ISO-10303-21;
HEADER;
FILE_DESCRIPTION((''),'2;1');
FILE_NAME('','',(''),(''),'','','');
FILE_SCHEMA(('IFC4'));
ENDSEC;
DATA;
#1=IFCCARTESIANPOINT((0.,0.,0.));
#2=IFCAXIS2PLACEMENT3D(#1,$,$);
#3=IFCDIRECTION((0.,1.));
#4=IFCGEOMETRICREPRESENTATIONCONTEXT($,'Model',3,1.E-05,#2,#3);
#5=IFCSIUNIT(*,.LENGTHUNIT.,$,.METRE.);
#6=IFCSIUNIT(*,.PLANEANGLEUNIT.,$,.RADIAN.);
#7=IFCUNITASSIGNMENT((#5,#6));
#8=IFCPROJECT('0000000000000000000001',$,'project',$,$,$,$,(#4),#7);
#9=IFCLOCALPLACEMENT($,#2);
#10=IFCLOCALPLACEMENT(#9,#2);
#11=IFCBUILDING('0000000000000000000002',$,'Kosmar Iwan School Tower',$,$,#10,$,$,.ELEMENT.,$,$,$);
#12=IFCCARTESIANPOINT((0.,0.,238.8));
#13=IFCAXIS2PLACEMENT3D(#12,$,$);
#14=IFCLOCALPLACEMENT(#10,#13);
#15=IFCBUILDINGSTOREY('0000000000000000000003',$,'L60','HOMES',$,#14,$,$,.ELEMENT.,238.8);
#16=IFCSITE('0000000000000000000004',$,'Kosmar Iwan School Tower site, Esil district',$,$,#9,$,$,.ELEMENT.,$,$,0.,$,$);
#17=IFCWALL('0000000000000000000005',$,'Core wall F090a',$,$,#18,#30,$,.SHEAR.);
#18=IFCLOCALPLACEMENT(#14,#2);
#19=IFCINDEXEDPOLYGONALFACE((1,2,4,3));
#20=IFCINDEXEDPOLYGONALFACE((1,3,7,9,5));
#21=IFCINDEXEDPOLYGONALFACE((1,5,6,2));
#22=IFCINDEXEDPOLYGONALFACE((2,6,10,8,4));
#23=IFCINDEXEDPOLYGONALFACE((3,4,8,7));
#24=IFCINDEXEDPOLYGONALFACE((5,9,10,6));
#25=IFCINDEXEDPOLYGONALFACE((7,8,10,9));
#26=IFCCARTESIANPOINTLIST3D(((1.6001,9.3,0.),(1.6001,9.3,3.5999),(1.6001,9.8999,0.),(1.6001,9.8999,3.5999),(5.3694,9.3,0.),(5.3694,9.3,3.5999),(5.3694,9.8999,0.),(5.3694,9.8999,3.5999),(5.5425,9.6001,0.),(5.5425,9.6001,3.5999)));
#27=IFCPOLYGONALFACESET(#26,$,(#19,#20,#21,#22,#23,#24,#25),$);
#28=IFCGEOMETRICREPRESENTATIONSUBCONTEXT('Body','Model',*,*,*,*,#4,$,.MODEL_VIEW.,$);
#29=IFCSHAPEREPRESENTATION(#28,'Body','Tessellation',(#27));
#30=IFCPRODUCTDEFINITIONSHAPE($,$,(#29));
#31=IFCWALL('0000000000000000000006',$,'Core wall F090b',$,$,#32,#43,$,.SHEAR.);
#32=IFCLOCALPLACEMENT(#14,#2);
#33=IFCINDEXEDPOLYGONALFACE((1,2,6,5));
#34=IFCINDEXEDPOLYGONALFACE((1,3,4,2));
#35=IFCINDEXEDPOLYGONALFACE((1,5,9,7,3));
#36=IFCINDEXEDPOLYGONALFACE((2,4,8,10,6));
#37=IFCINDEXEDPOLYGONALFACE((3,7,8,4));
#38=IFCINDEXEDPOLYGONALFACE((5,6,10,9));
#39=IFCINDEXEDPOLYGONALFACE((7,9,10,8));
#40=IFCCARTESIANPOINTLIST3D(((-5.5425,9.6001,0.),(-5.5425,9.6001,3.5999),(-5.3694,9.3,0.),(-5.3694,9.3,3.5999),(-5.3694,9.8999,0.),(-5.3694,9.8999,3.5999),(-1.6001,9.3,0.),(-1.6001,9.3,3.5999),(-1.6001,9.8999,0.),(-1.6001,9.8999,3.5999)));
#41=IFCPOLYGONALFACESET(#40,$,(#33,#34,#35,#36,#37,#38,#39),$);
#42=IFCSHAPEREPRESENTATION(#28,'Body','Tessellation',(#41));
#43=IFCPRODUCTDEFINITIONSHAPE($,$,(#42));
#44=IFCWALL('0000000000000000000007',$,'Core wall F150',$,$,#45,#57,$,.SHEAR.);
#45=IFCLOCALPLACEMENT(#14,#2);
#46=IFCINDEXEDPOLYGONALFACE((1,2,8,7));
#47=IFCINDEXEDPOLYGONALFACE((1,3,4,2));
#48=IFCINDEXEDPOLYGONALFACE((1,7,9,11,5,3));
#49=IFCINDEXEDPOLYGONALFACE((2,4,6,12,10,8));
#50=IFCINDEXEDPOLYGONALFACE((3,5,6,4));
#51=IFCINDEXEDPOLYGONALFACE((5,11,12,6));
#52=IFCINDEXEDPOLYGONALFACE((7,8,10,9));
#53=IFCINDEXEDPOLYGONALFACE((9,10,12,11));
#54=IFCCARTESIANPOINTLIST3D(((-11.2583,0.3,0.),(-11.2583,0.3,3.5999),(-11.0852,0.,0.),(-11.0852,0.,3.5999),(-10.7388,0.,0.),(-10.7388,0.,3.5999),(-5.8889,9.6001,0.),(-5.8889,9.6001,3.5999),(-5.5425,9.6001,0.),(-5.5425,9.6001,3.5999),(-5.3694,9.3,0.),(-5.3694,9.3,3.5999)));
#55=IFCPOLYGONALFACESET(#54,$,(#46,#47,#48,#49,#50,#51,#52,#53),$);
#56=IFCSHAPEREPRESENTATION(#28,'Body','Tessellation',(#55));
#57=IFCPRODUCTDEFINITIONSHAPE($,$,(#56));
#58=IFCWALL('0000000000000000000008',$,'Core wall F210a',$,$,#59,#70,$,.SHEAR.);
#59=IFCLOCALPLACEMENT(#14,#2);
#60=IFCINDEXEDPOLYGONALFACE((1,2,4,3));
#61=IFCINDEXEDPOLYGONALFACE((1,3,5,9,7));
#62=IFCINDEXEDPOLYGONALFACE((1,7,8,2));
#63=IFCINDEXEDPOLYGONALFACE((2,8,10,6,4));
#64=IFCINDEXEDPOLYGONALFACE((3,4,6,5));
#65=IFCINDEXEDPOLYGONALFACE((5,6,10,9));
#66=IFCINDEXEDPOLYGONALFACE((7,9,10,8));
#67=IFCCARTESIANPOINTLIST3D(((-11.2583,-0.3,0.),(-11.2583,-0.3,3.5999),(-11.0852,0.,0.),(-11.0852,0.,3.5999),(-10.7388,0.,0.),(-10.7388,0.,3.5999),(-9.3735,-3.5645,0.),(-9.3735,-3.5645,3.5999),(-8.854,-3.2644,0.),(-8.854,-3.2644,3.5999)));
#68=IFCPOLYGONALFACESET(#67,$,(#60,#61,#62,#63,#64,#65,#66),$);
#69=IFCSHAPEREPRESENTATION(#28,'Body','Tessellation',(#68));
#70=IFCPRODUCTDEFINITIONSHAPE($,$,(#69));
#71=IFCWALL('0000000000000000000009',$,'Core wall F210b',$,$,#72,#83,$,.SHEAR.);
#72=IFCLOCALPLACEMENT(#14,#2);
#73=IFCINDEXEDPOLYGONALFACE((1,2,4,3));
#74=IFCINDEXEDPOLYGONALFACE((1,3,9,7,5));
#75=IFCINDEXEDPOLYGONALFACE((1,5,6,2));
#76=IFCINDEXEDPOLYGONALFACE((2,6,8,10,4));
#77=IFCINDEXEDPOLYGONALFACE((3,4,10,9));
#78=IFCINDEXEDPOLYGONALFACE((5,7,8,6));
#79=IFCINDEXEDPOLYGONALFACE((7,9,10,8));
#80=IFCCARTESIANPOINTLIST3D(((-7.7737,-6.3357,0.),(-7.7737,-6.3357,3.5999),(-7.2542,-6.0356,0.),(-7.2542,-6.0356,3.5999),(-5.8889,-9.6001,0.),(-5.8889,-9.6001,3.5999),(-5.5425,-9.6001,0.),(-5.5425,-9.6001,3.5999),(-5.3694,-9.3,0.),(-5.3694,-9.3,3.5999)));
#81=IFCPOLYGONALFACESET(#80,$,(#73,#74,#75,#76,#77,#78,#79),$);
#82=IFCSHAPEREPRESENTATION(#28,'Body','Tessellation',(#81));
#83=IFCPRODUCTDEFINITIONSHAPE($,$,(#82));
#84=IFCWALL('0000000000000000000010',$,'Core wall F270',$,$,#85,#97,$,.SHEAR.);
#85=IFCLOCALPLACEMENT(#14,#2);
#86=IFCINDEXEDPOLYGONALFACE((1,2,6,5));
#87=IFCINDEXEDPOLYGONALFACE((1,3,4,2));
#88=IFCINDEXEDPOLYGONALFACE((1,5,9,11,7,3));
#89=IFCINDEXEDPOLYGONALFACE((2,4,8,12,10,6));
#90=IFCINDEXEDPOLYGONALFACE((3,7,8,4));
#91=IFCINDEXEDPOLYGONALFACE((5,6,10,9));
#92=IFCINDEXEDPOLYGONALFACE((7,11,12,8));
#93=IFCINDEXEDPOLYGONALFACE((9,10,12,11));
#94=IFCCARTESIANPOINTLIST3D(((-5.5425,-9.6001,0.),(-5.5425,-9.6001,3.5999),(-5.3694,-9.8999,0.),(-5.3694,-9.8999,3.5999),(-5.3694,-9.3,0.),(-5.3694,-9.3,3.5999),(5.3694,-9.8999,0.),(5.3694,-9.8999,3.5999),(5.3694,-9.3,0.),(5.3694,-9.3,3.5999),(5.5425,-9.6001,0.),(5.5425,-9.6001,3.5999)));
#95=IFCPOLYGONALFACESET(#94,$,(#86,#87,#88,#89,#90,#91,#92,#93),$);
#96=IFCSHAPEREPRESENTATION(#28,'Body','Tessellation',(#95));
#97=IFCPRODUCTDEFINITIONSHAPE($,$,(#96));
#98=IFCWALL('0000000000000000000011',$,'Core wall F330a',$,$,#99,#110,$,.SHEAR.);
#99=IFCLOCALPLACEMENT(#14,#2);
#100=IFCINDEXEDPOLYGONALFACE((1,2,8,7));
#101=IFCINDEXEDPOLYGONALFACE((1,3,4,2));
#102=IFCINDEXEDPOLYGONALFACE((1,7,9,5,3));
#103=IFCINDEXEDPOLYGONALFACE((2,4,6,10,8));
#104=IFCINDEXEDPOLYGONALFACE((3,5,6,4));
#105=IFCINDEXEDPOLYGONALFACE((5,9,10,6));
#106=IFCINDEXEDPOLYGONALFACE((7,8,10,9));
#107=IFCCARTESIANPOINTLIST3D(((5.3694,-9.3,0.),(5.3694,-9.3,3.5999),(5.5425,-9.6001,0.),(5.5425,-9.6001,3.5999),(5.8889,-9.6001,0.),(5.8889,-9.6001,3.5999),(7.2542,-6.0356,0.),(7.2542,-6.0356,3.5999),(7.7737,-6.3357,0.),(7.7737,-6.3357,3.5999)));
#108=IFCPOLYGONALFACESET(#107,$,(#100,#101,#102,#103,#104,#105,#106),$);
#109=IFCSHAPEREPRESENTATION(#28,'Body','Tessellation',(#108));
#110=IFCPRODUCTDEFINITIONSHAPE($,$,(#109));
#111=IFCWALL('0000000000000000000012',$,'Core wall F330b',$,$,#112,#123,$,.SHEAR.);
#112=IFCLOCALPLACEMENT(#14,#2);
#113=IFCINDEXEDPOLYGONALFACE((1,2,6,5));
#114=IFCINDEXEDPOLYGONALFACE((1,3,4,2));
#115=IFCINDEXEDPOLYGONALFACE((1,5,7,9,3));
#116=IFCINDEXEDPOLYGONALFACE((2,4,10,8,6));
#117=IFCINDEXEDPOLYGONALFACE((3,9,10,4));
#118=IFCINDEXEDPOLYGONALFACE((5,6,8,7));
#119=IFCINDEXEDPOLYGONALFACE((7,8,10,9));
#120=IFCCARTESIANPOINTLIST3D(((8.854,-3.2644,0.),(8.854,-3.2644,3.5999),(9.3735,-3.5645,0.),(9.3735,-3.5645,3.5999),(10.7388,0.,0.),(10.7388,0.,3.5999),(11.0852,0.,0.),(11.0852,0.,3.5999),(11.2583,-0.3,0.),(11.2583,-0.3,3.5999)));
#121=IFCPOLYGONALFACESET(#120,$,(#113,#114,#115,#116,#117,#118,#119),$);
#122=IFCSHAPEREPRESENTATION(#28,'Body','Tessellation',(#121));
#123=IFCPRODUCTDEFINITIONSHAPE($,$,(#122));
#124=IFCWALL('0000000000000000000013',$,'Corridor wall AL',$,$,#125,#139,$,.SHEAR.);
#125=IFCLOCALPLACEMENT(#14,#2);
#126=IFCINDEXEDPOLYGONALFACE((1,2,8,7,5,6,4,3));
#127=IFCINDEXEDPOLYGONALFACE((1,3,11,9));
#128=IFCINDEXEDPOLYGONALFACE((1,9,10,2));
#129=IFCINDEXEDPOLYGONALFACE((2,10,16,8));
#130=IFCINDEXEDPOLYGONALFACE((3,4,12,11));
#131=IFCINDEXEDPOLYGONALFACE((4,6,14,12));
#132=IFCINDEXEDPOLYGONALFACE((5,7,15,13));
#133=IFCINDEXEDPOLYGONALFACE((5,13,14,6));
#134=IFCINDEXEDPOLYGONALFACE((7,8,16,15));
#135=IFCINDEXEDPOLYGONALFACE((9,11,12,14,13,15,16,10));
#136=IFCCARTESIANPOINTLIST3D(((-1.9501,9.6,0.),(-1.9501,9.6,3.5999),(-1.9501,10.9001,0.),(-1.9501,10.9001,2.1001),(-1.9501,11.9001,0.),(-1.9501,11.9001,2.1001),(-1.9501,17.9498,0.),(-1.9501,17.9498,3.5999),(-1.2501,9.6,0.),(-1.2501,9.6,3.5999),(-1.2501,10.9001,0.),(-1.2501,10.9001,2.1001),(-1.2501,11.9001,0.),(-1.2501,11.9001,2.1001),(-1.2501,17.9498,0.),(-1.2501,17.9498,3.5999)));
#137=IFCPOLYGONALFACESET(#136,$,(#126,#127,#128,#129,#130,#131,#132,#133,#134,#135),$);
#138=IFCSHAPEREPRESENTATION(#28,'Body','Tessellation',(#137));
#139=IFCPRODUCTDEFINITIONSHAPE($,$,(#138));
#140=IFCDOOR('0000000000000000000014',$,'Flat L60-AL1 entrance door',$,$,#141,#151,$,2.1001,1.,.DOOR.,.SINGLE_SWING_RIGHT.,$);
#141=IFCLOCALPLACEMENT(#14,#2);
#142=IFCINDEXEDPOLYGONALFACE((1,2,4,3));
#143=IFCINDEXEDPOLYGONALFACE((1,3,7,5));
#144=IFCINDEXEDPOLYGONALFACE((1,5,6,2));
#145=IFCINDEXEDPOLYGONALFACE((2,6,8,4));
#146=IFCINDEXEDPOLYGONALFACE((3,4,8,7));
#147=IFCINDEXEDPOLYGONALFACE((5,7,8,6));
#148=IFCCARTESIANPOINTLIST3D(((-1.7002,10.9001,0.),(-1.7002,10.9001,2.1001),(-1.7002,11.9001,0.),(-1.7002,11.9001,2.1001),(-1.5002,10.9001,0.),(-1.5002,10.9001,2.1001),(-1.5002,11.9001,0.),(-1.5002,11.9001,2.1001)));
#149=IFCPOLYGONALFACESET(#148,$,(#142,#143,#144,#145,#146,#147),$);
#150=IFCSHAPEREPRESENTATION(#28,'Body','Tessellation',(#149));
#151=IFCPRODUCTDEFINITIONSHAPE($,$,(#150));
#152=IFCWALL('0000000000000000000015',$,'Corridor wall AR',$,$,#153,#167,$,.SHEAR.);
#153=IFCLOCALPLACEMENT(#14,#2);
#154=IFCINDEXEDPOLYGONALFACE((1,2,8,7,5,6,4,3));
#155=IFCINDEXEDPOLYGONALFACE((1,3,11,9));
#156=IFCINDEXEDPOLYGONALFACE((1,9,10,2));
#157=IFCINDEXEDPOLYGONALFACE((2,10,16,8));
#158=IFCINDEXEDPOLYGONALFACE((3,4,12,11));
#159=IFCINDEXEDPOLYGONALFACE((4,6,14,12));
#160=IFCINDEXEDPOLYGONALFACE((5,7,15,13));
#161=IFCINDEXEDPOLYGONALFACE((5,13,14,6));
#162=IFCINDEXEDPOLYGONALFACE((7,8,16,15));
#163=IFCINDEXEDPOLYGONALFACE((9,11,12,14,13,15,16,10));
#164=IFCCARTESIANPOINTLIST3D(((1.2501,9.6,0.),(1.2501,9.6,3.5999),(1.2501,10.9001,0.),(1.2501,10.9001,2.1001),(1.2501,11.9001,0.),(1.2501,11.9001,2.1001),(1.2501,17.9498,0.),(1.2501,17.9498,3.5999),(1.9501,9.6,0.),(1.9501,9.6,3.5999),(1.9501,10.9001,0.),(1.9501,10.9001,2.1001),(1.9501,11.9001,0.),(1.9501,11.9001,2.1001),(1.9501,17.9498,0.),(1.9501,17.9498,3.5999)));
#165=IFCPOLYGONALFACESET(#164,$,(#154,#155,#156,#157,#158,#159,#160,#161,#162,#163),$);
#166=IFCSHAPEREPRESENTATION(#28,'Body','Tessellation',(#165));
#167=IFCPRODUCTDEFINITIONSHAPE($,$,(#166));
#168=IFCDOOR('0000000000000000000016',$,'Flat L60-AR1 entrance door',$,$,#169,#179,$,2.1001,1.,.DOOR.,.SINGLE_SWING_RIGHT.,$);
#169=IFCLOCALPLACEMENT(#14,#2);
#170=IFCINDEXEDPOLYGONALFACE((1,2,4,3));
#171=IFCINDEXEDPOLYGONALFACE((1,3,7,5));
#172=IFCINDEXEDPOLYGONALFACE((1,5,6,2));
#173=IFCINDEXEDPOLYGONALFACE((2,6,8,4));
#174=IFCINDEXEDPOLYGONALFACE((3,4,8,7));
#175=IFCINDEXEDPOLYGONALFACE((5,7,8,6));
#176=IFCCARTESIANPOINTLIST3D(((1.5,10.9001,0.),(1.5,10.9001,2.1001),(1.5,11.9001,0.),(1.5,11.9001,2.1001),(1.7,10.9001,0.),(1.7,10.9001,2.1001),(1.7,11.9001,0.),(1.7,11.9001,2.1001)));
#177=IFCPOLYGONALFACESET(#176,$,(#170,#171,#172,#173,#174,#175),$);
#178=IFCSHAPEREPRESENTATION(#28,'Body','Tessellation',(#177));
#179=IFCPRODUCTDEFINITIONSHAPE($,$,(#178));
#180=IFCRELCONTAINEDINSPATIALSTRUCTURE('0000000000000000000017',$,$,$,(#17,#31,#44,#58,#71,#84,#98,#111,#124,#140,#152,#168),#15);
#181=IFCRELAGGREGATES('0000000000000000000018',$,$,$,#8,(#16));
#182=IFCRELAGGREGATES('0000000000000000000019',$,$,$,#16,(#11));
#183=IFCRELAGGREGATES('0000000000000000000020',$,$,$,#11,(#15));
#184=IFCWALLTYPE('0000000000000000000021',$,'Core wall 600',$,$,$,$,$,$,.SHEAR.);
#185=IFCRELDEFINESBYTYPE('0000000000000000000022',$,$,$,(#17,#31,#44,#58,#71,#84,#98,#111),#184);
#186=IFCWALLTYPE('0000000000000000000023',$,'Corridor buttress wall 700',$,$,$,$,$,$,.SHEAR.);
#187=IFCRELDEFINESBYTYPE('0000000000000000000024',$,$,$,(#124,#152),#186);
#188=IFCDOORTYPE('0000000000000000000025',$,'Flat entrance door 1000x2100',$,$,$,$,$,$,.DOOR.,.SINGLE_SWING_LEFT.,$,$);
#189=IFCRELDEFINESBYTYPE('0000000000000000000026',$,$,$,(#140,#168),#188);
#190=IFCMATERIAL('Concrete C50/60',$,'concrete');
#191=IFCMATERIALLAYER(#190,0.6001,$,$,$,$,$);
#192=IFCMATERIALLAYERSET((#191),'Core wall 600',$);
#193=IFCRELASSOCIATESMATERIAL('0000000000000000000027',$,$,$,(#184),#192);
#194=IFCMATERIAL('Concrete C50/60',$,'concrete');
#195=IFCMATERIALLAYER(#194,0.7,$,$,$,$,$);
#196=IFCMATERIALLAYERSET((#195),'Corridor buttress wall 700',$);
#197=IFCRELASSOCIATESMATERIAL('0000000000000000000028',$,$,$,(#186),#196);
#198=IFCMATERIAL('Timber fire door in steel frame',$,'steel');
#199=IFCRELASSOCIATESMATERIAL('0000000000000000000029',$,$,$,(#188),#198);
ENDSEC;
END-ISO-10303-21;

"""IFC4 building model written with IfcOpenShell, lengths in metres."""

from ifc_helpers import new_model, si_unit, direction, frame, frame_2d, origin, place, context, subcontext, project, spatial, polyline, rectangle, outline, extrude, material, layer, layer_set, type_object, element, fill, save


model = new_model("IFC4")

# Units and contexts
model_context = context("Model", 3, precision=1e-05, world=origin(), true_north=direction((0.0, 1.0)))
body_context = subcontext(model_context, "Body", "Model", "MODEL_VIEW")
ifc_project = project(units=[si_unit("LENGTHUNIT", "METRE"), si_unit("PLANEANGLEUNIT", "RADIAN")], contexts=[model_context])

# Site, building, storey
site_placement = place(None, origin())
site = spatial("IfcSite", under=ifc_project, at=site_placement, Name="Kosmar Iwan School Tower site, Esil district", CompositionType="ELEMENT", RefElevation=0.0)
building_placement = place(site_placement, origin())
building = spatial("IfcBuilding", under=site, at=building_placement, Name="Kosmar Iwan School Tower", CompositionType="ELEMENT")
storey_placement = place(building_placement, frame((0.0, 0.0, 238.8)))
storey = spatial("IfcBuildingStorey", under=building, at=storey_placement, Name="L60", Description="HOMES", CompositionType="ELEMENT", Elevation=238.8)

# Walls
ifc_material_1 = material(Name="Concrete C50/60", Category="concrete")
ifc_layer_1 = layer(ifc_material_1, 0.6001)
ifc_layer_set_1 = layer_set([ifc_layer_1], Name="Core wall 600")
wall_type_1 = type_object("IfcWallType", Name="Core wall 600", PredefinedType="SHEAR", material=ifc_layer_set_1)
wall_1_placement = place(storey_placement, origin())
element("IfcWall", 1, at=wall_1_placement, inside=storey, type_object=wall_type_1, Name="Core wall F090a", PredefinedType="SHEAR", context=body_context, shape_type="SweptSolid", body=[
    extrude(outline(polyline([(1.6001, 9.3), (5.3694, 9.3), (5.5425, 9.6001), (5.3694, 9.8999), (1.6001, 9.8999), (1.6001, 9.3)])), origin(), (0.0, 0.0, 1.0), 3.5999),
])
wall_2_placement = place(storey_placement, origin())
element("IfcWall", 2, at=wall_2_placement, inside=storey, type_object=wall_type_1, Name="Core wall F090b", PredefinedType="SHEAR", context=body_context, shape_type="SweptSolid", body=[
    extrude(outline(polyline([(-5.3694, 9.3), (-1.6001, 9.3), (-1.6001, 9.8999), (-5.3694, 9.8999), (-5.5425, 9.6001), (-5.3694, 9.3)])), origin(), (0.0, 0.0, 1.0), 3.5999),
])
wall_3_placement = place(storey_placement, origin())
element("IfcWall", 3, at=wall_3_placement, inside=storey, type_object=wall_type_1, Name="Core wall F150", PredefinedType="SHEAR", context=body_context, shape_type="SweptSolid", body=[
    extrude(outline(polyline([(-11.0852, 0.0), (-10.7388, 0.0), (-5.3694, 9.3), (-5.5425, 9.6001), (-5.8889, 9.6001), (-11.2583, 0.3), (-11.0852, 0.0)])), origin(), (0.0, 0.0, 1.0), 3.5999),
])
wall_4_placement = place(storey_placement, origin())
element("IfcWall", 4, at=wall_4_placement, inside=storey, type_object=wall_type_1, Name="Core wall F210a", PredefinedType="SHEAR", context=body_context, shape_type="SweptSolid", body=[
    extrude(outline(polyline([(-9.3735, -3.5645), (-8.854, -3.2644), (-10.7388, 0.0), (-11.0852, 0.0), (-11.2583, -0.3), (-9.3735, -3.5645)])), origin(), (0.0, 0.0, 1.0), 3.5999),
])
wall_5_placement = place(storey_placement, origin())
element("IfcWall", 5, at=wall_5_placement, inside=storey, type_object=wall_type_1, Name="Core wall F210b", PredefinedType="SHEAR", context=body_context, shape_type="SweptSolid", body=[
    extrude(outline(polyline([(-5.8889, -9.6001), (-5.5425, -9.6001), (-5.3694, -9.3), (-7.2542, -6.0356), (-7.7737, -6.3357), (-5.8889, -9.6001)])), origin(), (0.0, 0.0, 1.0), 3.5999),
])
wall_6_placement = place(storey_placement, origin())
element("IfcWall", 6, at=wall_6_placement, inside=storey, type_object=wall_type_1, Name="Core wall F270", PredefinedType="SHEAR", context=body_context, shape_type="SweptSolid", body=[
    extrude(outline(polyline([(-5.3694, -9.8999), (5.3694, -9.8999), (5.5425, -9.6001), (5.3694, -9.3), (-5.3694, -9.3), (-5.5425, -9.6001), (-5.3694, -9.8999)])), origin(), (0.0, 0.0, 1.0), 3.5999),
])
wall_7_placement = place(storey_placement, origin())
element("IfcWall", 7, at=wall_7_placement, inside=storey, type_object=wall_type_1, Name="Core wall F330a", PredefinedType="SHEAR", context=body_context, shape_type="SweptSolid", body=[
    extrude(outline(polyline([(5.5425, -9.6001), (5.8889, -9.6001), (7.7737, -6.3357), (7.2542, -6.0356), (5.3694, -9.3), (5.5425, -9.6001)])), origin(), (0.0, 0.0, 1.0), 3.5999),
])
wall_8_placement = place(storey_placement, origin())
element("IfcWall", 8, at=wall_8_placement, inside=storey, type_object=wall_type_1, Name="Core wall F330b", PredefinedType="SHEAR", context=body_context, shape_type="SweptSolid", body=[
    extrude(outline(polyline([(9.3735, -3.5645), (11.2583, -0.3), (11.0852, 0.0), (10.7388, 0.0), (8.854, -3.2644), (9.3735, -3.5645)])), origin(), (0.0, 0.0, 1.0), 3.5999),
])

# Walls, openings, doors
ifc_material_2 = material(Name="Concrete C50/60", Category="concrete")
ifc_layer_2 = layer(ifc_material_2, 0.7)
ifc_layer_set_2 = layer_set([ifc_layer_2], Name="Corridor buttress wall 700")
wall_type_2 = type_object("IfcWallType", Name="Corridor buttress wall 700", PredefinedType="SHEAR", material=ifc_layer_set_2)
wall_9_placement = place(storey_placement, frame((-1.6001, 9.6001, 0.0), z_axis=(0.0, 0.0, 1.0), x_axis=(0.0, 1.0, 0.0)))
wall_9 = element("IfcWall", 9, at=wall_9_placement, inside=storey, type_object=wall_type_2, Name="Corridor wall AL", PredefinedType="SHEAR", context=body_context, shape_type="SweptSolid", body=[
    extrude(rectangle(XDim=8.3499, YDim=0.7, at=frame_2d((4.1748, 0.0))), origin(), (0.0, 0.0, 1.0), 3.5999),
])
opening_1_placement = place(wall_9_placement, frame((1.3, 0.0, 0.0)))
opening_1 = element("IfcOpeningElement", 10, at=opening_1_placement, cuts=wall_9, PredefinedType="OPENING", context=body_context, shape_type="SweptSolid", body=[
    extrude(rectangle(XDim=1.0, YDim=2.1001, at=frame_2d((0.5, 1.05))), frame((0.0, 0.3621, 0.0), z_axis=(0.0, -1.0, 0.0), x_axis=(1.0, 0.0, 0.0)), (0.0, 0.0, 1.0), 0.7239),
])
ifc_material_3 = material(Name="Timber fire door in steel frame", Category="steel")
door_type_1 = type_object("IfcDoorType", Name="Flat entrance door 1000x2100", OperationType="SINGLE_SWING_LEFT", PredefinedType="DOOR", material=ifc_material_3)
door_1_placement = place(opening_1_placement, origin())
door_1 = element("IfcDoor", 11, at=door_1_placement, inside=storey, type_object=door_type_1, Name="Flat L60-AL1 entrance door", OperationType="SINGLE_SWING_RIGHT", OverallHeight=2.1001, OverallWidth=1.0, PredefinedType="DOOR", context=body_context, shape_type="SweptSolid", body=[
    extrude(rectangle(XDim=1.0, YDim=2.1001, at=frame_2d((0.5, 1.05))), frame((0.0, 0.1001, 0.0), z_axis=(0.0, -1.0, 0.0), x_axis=(1.0, 0.0, 0.0)), (0.0, 0.0, 1.0), 0.2),
])
fill(opening_1, door_1)
wall_10_placement = place(storey_placement, frame((1.6001, 9.6001, 0.0), z_axis=(0.0, 0.0, 1.0), x_axis=(0.0, 1.0, 0.0)))
wall_10 = element("IfcWall", 12, at=wall_10_placement, inside=storey, type_object=wall_type_2, Name="Corridor wall AR", PredefinedType="SHEAR", context=body_context, shape_type="SweptSolid", body=[
    extrude(rectangle(XDim=8.3499, YDim=0.7, at=frame_2d((4.1748, 0.0))), origin(), (0.0, 0.0, 1.0), 3.5999),
])
opening_2_placement = place(wall_10_placement, frame((1.3, 0.0, 0.0)))
opening_2 = element("IfcOpeningElement", 13, at=opening_2_placement, cuts=wall_10, PredefinedType="OPENING", context=body_context, shape_type="SweptSolid", body=[
    extrude(rectangle(XDim=1.0, YDim=2.1001, at=frame_2d((0.5, 1.05))), frame((0.0, 0.3621, 0.0), z_axis=(0.0, -1.0, 0.0), x_axis=(1.0, 0.0, 0.0)), (0.0, 0.0, 1.0), 0.7239),
])
door_2_placement = place(opening_2_placement, origin())
door_2 = element("IfcDoor", 14, at=door_2_placement, inside=storey, type_object=door_type_1, Name="Flat L60-AR1 entrance door", OperationType="SINGLE_SWING_RIGHT", OverallHeight=2.1001, OverallWidth=1.0, PredefinedType="DOOR", context=body_context, shape_type="SweptSolid", body=[
    extrude(rectangle(XDim=1.0, YDim=2.1001, at=frame_2d((0.5, 1.05))), frame((0.0, 0.1001, 0.0), z_axis=(0.0, -1.0, 0.0), x_axis=(1.0, 0.0, 0.0)), (0.0, 0.0, 1.0), 0.2),
])
fill(opening_2, door_2)

save(model, "model.ifc")
